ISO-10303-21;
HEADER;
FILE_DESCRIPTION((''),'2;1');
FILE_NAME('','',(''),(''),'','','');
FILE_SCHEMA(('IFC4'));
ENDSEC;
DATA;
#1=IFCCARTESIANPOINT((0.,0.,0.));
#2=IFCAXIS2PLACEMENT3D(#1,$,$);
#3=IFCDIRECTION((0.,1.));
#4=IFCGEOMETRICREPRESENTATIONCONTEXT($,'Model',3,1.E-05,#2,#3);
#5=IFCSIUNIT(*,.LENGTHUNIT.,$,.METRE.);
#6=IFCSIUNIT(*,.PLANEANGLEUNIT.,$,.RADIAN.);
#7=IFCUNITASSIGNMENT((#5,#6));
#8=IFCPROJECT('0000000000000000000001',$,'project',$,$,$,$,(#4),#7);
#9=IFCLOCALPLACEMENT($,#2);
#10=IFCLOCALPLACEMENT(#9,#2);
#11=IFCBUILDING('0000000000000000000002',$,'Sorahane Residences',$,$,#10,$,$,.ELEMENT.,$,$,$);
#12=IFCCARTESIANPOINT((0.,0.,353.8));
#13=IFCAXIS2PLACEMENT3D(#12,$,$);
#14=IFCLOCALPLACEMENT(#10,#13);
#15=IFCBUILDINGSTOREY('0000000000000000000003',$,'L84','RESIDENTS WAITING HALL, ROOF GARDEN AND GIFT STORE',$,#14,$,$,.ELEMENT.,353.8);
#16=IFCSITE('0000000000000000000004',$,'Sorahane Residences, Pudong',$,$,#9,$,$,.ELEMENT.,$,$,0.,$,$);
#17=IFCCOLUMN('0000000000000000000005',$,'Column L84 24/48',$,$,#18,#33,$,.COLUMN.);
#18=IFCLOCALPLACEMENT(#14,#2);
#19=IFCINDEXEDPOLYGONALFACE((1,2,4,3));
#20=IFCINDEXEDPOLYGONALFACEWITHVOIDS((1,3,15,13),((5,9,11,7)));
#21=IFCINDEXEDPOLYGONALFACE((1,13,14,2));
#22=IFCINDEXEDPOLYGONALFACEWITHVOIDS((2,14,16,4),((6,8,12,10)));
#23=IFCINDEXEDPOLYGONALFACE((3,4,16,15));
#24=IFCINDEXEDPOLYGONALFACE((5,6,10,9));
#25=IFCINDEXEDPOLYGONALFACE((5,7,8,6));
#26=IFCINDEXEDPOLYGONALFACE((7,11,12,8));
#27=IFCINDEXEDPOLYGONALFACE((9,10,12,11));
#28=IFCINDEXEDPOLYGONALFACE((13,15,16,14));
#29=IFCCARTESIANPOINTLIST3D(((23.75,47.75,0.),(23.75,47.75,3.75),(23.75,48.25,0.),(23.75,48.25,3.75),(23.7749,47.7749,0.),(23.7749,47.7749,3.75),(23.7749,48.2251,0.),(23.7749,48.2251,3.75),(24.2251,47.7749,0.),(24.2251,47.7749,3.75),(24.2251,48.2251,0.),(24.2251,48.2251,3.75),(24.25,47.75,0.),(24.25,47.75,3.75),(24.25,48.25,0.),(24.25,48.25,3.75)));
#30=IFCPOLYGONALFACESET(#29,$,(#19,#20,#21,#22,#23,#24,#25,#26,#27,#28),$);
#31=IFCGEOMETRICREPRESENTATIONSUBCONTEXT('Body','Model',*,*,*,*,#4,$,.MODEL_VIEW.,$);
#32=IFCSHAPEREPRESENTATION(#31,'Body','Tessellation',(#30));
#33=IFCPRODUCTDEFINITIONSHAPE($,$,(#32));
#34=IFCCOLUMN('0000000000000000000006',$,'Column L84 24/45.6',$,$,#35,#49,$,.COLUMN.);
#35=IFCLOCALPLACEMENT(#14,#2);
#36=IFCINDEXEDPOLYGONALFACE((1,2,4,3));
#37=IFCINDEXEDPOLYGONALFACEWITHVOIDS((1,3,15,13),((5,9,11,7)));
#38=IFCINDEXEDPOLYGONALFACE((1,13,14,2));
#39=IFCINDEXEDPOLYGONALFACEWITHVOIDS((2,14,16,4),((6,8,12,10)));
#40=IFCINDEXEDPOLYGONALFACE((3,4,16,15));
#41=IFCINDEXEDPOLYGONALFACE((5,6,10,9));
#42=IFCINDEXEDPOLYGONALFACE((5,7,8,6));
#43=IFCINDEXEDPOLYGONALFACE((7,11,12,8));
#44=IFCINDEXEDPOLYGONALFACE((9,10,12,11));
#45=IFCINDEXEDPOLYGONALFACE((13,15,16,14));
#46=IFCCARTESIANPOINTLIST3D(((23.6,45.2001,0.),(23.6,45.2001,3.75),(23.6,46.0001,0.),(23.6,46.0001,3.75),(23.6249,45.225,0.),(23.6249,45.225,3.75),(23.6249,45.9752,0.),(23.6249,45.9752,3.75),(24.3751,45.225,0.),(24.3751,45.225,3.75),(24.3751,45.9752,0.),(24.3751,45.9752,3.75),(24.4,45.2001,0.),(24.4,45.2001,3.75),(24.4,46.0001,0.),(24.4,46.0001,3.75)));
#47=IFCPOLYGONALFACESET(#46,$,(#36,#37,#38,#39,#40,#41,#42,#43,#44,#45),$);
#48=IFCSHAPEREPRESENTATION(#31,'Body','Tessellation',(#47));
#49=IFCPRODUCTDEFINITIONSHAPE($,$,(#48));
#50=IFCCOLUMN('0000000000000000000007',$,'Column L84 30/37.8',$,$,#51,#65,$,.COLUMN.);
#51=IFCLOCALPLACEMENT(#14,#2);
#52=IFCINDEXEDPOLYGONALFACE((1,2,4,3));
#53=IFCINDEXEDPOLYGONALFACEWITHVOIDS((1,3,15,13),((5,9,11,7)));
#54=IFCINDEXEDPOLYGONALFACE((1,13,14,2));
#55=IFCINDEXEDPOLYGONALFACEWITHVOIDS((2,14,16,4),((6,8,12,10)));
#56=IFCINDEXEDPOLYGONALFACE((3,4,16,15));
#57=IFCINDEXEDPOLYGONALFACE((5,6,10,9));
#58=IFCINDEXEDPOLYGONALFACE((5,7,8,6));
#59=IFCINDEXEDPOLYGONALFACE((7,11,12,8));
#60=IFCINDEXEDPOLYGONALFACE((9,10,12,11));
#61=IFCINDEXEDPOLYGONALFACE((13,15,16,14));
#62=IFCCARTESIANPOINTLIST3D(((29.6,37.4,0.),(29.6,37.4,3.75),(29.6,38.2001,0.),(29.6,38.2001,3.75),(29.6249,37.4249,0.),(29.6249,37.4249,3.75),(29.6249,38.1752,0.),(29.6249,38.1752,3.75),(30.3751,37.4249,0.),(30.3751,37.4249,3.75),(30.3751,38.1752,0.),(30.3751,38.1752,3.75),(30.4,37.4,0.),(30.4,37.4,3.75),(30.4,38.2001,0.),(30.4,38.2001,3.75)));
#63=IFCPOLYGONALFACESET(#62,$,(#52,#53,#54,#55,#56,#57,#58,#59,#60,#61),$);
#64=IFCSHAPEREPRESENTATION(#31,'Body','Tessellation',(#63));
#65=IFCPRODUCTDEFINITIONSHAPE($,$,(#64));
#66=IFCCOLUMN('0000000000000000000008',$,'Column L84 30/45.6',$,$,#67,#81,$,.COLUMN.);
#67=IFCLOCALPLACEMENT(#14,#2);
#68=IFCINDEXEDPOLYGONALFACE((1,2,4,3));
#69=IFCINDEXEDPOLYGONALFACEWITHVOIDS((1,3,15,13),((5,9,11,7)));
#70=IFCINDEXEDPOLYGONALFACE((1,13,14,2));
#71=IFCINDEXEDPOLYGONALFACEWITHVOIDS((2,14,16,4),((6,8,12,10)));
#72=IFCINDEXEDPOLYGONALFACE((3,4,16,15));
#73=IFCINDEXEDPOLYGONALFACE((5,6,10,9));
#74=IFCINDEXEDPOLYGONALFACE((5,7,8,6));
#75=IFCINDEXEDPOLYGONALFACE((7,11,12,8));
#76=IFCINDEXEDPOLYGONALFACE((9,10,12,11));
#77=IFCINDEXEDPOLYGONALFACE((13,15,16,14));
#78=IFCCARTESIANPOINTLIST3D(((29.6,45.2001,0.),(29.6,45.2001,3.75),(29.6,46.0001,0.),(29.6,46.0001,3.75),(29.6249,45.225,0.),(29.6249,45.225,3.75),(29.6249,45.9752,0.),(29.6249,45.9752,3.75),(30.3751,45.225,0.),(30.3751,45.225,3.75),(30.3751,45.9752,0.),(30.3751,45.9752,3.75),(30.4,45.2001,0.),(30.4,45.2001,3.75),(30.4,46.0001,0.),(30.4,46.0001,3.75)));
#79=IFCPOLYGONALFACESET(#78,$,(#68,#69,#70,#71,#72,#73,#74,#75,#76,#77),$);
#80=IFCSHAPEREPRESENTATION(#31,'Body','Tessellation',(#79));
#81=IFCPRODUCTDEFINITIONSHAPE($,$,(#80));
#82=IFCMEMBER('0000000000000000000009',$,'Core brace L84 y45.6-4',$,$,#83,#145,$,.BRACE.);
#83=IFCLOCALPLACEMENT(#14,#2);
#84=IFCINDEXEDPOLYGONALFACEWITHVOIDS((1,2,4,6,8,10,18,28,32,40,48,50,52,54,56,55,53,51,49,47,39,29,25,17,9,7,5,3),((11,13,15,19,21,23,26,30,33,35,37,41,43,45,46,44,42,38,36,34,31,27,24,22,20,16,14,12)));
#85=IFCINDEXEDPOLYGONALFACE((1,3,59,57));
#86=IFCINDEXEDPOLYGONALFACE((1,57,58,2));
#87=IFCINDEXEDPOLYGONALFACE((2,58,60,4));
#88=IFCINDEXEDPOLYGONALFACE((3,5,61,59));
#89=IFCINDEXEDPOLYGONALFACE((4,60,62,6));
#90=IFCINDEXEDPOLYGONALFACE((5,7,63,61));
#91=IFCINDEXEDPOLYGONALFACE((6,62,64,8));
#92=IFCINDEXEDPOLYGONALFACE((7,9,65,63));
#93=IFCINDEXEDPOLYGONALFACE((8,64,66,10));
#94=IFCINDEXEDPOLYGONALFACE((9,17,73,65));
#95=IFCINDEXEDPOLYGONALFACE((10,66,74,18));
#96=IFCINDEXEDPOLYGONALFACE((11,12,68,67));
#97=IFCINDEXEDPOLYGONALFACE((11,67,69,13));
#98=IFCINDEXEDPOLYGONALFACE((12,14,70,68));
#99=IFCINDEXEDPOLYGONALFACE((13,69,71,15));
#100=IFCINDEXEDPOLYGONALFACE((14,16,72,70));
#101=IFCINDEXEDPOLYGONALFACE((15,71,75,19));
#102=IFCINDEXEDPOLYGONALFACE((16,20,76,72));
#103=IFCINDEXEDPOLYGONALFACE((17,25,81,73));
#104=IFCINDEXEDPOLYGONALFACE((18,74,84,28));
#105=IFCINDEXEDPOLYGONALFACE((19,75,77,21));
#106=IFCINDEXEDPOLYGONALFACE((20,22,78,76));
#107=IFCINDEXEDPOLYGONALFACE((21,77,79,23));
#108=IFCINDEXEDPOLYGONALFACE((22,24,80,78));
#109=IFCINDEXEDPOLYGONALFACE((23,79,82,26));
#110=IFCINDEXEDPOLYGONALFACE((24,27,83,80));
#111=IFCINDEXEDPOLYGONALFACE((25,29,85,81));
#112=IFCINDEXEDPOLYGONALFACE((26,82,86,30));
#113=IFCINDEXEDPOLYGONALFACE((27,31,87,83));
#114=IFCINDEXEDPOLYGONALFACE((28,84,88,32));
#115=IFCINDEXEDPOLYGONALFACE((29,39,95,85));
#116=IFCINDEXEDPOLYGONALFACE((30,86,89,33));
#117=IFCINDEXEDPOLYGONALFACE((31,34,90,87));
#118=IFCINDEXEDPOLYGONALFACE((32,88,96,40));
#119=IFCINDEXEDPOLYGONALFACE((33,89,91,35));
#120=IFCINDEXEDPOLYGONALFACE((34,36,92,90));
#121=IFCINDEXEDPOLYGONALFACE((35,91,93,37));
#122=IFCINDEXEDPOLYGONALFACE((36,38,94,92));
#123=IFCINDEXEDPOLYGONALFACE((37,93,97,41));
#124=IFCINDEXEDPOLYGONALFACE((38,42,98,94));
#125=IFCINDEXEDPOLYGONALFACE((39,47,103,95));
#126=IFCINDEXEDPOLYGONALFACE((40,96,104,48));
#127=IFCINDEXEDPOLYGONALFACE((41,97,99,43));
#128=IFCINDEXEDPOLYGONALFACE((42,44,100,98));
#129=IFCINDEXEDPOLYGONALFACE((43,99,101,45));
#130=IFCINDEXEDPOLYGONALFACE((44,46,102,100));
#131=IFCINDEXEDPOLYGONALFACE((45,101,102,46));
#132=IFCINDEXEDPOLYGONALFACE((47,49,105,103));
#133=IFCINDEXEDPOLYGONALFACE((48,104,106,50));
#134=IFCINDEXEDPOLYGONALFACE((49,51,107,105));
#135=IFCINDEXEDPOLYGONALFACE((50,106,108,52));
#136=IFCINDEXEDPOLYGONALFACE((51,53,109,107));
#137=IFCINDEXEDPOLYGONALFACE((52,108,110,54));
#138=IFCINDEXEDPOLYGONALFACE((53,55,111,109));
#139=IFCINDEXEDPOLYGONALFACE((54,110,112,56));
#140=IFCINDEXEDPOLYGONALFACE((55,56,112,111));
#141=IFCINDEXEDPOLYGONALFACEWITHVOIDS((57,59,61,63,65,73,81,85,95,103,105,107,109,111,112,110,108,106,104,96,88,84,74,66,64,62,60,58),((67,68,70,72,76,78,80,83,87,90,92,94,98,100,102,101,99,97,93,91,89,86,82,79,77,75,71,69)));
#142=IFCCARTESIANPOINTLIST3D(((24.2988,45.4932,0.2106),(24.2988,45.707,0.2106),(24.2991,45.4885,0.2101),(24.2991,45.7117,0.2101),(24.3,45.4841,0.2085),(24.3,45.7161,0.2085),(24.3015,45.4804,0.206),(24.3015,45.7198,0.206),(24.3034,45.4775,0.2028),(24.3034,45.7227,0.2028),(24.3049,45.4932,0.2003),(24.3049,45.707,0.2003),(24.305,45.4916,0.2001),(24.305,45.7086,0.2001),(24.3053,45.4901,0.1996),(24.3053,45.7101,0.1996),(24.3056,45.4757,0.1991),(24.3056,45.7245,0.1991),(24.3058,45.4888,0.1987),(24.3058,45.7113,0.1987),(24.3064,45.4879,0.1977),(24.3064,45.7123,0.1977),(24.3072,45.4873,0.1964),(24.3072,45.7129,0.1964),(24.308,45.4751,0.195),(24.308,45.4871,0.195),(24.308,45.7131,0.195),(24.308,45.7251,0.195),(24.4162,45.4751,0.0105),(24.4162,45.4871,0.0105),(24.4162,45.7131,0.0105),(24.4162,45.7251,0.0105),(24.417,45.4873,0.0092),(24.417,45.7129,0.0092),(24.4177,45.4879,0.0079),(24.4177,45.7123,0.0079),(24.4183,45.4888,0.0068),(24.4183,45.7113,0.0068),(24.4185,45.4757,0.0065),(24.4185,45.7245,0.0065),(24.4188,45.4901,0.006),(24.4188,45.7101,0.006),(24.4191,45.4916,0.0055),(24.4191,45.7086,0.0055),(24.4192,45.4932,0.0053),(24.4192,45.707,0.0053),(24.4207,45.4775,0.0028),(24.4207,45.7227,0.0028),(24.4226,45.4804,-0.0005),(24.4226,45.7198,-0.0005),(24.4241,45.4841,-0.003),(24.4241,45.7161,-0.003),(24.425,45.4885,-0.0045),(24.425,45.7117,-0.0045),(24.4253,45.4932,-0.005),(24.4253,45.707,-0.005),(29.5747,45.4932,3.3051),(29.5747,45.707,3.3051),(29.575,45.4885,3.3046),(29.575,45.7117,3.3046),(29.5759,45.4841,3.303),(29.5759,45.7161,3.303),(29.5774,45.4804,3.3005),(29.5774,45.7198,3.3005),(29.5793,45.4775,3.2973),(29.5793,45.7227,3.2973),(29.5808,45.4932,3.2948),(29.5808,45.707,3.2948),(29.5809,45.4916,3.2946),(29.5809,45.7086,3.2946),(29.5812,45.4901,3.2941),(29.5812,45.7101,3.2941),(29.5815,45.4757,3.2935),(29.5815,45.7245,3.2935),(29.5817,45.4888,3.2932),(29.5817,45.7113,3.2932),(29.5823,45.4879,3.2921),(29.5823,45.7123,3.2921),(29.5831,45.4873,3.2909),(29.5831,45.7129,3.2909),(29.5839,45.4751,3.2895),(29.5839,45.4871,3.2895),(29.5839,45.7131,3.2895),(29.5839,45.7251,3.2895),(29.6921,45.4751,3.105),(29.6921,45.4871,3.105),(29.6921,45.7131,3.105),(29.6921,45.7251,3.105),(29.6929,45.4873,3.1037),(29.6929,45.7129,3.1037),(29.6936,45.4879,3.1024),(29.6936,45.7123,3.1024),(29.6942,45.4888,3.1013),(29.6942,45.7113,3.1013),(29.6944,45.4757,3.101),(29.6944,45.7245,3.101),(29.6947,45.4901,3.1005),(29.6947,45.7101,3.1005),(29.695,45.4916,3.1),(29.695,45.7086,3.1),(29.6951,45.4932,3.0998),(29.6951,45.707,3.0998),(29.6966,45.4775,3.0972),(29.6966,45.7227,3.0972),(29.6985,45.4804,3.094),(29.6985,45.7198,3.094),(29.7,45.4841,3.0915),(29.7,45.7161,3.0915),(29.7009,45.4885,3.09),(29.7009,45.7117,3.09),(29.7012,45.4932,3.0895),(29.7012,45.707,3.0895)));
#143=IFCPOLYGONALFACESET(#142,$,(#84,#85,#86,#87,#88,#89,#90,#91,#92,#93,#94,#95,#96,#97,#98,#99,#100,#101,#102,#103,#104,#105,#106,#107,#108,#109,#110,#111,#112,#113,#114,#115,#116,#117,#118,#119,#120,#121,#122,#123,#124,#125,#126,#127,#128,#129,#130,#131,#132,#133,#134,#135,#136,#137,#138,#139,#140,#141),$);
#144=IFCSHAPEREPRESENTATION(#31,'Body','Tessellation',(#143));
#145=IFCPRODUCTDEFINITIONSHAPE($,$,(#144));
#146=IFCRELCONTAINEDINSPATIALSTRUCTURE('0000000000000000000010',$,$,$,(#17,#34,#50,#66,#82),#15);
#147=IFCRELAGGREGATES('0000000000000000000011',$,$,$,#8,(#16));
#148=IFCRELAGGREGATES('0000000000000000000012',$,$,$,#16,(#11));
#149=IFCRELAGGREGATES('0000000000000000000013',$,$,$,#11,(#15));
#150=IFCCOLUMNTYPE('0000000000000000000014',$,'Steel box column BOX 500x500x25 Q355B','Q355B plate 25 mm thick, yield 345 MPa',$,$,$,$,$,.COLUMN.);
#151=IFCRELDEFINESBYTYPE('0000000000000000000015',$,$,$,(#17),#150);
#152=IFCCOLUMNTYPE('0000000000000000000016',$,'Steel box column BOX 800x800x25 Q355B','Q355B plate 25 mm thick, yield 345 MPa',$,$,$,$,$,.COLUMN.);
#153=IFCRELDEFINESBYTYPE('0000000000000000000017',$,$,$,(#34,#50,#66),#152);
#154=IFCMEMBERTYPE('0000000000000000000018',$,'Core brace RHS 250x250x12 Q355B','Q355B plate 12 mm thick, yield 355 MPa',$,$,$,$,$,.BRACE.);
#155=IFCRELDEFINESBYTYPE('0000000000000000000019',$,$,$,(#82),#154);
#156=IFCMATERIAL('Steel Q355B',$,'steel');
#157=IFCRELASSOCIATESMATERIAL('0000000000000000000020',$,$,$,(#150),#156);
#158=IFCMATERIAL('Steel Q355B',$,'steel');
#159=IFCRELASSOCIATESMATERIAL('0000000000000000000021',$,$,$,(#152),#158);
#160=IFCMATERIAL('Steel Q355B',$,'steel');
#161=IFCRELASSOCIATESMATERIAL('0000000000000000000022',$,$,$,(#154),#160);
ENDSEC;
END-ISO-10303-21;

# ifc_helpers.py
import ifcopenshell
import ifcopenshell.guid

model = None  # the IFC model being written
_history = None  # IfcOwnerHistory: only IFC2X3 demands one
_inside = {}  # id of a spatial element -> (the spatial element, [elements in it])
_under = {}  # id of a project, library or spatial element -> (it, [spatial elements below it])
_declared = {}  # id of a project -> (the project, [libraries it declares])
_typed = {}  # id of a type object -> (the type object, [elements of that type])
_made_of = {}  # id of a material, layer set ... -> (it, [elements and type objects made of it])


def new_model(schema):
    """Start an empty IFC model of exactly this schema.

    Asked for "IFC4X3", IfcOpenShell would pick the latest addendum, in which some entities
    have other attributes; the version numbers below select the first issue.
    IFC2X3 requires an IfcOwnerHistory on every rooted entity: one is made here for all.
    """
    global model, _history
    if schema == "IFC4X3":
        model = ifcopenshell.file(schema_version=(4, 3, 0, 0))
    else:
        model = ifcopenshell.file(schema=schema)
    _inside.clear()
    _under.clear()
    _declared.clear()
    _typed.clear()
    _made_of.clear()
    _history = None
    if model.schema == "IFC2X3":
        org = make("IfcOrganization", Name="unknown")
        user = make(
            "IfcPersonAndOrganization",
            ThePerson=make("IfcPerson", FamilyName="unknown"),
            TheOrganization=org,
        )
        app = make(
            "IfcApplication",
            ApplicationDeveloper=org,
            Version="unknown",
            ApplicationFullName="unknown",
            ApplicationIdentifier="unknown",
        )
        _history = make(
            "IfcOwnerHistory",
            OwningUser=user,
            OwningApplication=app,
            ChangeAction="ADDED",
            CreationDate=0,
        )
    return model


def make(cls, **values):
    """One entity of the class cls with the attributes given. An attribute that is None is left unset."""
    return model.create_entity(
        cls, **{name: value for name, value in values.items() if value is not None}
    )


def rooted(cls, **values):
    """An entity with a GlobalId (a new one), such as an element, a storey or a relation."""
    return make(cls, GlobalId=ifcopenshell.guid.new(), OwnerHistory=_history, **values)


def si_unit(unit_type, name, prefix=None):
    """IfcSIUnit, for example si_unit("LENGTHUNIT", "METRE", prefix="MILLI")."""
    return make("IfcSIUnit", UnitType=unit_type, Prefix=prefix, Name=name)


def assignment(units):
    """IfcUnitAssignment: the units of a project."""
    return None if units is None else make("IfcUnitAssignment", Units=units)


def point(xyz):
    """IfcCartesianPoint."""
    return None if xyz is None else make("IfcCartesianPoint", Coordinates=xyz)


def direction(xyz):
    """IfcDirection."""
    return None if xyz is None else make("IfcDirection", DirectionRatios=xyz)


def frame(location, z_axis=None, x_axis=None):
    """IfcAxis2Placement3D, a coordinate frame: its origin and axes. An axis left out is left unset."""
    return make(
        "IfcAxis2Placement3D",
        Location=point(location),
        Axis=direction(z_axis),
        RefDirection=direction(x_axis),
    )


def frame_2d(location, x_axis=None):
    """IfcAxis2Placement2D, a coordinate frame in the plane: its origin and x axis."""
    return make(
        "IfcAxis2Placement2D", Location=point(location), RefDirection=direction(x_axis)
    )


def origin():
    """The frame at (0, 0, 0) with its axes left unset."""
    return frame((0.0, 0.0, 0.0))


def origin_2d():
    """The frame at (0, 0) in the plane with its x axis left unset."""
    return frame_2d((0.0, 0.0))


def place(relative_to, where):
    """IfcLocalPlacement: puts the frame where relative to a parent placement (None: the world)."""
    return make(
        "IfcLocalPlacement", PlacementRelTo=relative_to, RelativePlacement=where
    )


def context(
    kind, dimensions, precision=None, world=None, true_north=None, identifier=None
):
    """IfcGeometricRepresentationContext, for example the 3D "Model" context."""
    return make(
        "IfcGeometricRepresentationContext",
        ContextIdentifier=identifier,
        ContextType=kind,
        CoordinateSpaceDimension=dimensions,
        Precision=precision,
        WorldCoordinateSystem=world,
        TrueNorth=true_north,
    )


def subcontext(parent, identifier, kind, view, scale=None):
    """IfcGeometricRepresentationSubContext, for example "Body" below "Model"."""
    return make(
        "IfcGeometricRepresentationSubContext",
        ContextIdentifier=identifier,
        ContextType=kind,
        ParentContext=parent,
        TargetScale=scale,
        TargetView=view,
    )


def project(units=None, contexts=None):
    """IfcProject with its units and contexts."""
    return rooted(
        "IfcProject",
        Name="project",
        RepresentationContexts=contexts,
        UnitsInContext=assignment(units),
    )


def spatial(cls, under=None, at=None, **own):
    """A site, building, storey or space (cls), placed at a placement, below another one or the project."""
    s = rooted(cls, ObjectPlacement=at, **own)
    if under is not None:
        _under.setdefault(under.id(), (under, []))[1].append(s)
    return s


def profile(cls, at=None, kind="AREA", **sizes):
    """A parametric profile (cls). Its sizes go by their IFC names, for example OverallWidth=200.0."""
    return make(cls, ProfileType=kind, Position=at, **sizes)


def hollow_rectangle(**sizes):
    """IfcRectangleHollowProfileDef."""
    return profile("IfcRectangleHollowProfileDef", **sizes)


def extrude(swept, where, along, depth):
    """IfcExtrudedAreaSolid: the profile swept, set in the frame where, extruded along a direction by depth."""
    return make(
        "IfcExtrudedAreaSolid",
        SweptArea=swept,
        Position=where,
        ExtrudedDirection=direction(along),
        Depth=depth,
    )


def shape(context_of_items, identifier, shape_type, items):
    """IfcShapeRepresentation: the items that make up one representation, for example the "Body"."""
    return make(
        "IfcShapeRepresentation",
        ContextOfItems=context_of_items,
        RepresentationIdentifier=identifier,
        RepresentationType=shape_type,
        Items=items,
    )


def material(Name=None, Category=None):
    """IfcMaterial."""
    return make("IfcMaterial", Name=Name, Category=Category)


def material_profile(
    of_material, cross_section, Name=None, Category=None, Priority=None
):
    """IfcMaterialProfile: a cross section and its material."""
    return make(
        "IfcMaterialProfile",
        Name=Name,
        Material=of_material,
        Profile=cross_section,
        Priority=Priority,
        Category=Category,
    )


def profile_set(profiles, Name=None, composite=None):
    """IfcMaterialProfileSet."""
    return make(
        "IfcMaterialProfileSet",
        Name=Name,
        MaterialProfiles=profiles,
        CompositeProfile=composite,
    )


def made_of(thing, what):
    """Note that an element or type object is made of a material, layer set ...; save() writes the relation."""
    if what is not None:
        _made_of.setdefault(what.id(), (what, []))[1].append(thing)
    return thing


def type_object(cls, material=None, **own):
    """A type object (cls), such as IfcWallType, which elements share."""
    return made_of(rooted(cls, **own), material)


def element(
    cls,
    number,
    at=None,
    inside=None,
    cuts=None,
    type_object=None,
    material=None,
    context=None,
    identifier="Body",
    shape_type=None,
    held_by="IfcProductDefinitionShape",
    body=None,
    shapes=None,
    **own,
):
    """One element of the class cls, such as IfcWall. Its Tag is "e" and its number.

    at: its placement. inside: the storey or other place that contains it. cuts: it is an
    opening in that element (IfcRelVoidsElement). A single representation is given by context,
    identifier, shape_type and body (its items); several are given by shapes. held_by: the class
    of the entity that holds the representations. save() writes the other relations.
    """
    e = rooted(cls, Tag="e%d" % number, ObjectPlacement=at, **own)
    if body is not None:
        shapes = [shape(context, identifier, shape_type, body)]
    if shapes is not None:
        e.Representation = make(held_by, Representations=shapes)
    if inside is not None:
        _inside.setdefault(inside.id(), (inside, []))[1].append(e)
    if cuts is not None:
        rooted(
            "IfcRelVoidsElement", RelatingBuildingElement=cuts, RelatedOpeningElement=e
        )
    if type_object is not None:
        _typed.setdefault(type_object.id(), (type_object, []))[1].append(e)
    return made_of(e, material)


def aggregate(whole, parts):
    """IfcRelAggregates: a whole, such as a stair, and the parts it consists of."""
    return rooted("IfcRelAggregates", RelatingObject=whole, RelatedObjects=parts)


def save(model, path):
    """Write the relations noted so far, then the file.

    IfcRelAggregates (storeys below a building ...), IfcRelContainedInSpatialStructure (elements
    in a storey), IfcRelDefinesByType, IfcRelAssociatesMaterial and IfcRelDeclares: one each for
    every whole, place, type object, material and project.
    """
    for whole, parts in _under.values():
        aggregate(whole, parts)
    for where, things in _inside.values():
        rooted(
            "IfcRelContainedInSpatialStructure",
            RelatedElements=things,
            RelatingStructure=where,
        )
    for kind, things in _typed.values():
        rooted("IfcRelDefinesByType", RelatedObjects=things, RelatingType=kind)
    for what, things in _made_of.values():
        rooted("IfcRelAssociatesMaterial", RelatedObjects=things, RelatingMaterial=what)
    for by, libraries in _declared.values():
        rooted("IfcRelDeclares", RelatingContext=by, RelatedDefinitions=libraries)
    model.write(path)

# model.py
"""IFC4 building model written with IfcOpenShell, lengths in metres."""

from ifc_helpers import new_model, si_unit, direction, frame, origin, origin_2d, place, context, subcontext, project, spatial, hollow_rectangle, extrude, material, material_profile, profile_set, type_object, element, save


model = new_model("IFC4")

# Units and contexts
model_context = context("Model", 3, precision=1e-05, world=origin(), true_north=direction((0.0, 1.0)))
body_context = subcontext(model_context, "Body", "Model", "MODEL_VIEW")
ifc_project = project(units=[si_unit("LENGTHUNIT", "METRE"), si_unit("PLANEANGLEUNIT", "RADIAN")], contexts=[model_context])

# Site, building, storey
site_placement = place(None, origin())
site = spatial("IfcSite", under=ifc_project, at=site_placement, Name="Sorahane Residences, Pudong", CompositionType="ELEMENT", RefElevation=0.0)
building_placement = place(site_placement, origin())
building = spatial("IfcBuilding", under=site, at=building_placement, Name="Sorahane Residences", CompositionType="ELEMENT")
storey_placement = place(building_placement, frame((0.0, 0.0, 353.8)))
storey = spatial("IfcBuildingStorey", under=building, at=storey_placement, Name="L84", Description="RESIDENTS WAITING HALL, ROOF GARDEN AND GIFT STORE", CompositionType="ELEMENT", Elevation=353.8)

# Columns
ifc_material_1 = material(Name="Steel Q355B", Category="steel")
ifc_material_profile_1 = material_profile(ifc_material_1, hollow_rectangle(XDim=0.5, YDim=0.5, WallThickness=0.0249, at=origin_2d()), Name="BOX 500x500x25")
ifc_profile_set_1 = profile_set([ifc_material_profile_1], Name="Steel Q355B")
column_type_1 = type_object("IfcColumnType", Name="Steel box column BOX 500x500x25 Q355B", Description="Q355B plate 25 mm thick, yield 345 MPa", PredefinedType="COLUMN", material=ifc_profile_set_1)
column_placement = place(storey_placement, frame((24.0, 48.0, 0.0), z_axis=(0.0, 0.0, 1.0), x_axis=(1.0, 0.0, 0.0)))
element("IfcColumn", 1, at=column_placement, inside=storey, type_object=column_type_1, Name="Column L84 24/48", PredefinedType="COLUMN", context=body_context, shape_type="SweptSolid", body=[
    extrude(hollow_rectangle(XDim=0.5, YDim=0.5, WallThickness=0.0249, at=origin_2d()), origin(), (0.0, 0.0, 1.0), 3.75),
])
ifc_material_2 = material(Name="Steel Q355B", Category="steel")
ifc_material_profile_2 = material_profile(ifc_material_2, hollow_rectangle(XDim=0.8, YDim=0.8, WallThickness=0.0249, at=origin_2d()), Name="BOX 800x800x25")
ifc_profile_set_2 = profile_set([ifc_material_profile_2], Name="Steel Q355B")
column_type_2 = type_object("IfcColumnType", Name="Steel box column BOX 800x800x25 Q355B", Description="Q355B plate 25 mm thick, yield 345 MPa", PredefinedType="COLUMN", material=ifc_profile_set_2)
for number, where, z_axis, x_axis, name in (
    (2, (24.0, 45.6001, 0.0), (0.0, 0.0, 1.0), (1.0, 0.0, 0.0), "Column L84 24/45.6"),
    (3, (30.0, 37.8, 0.0), (0.0, 0.0, 1.0), (1.0, 0.0, 0.0), "Column L84 30/37.8"),
    (4, (30.0, 45.6001, 0.0), (0.0, 0.0, 1.0), (1.0, 0.0, 0.0), "Column L84 30/45.6"),
):
    element("IfcColumn", number, at=place(storey_placement, frame(where, z_axis=z_axis, x_axis=x_axis)), inside=storey, type_object=column_type_2, Name=name, PredefinedType="COLUMN", context=body_context, shape_type="SweptSolid", body=[
        extrude(hollow_rectangle(XDim=0.8, YDim=0.8, WallThickness=0.0249, at=origin_2d()), origin(), (0.0, 0.0, 1.0), 3.75),
    ])

# Member
ifc_material_3 = material(Name="Steel Q355B", Category="steel")
ifc_material_profile_3 = material_profile(ifc_material_3, hollow_rectangle(XDim=0.25, YDim=0.25, WallThickness=0.012, InnerFilletRadius=0.0061, OuterFilletRadius=0.0181, at=origin_2d()), Name="RHS 250x250x12")
ifc_profile_set_3 = profile_set([ifc_material_profile_3], Name="Steel Q355B")
member_type_1 = type_object("IfcMemberType", Name="Core brace RHS 250x250x12 Q355B", Description="Q355B plate 12 mm thick, yield 355 MPa", PredefinedType="BRACE", material=ifc_profile_set_3)
member_1_placement = place(storey_placement, frame((24.3621, 45.6001, 0.1028), z_axis=(0.862575, 0.0, 0.505929), x_axis=(0.0, 1.0, 0.0)))
element("IfcMember", 5, at=member_1_placement, inside=storey, type_object=member_type_1, Name="Core brace L84 y45.6-4", PredefinedType="BRACE", context=body_context, shape_type="SweptSolid", body=[
    extrude(hollow_rectangle(XDim=0.25, YDim=0.25, WallThickness=0.012, InnerFilletRadius=0.0061, OuterFilletRadius=0.0181, at=origin_2d()), origin(), (0.0, 0.0, 1.0), 6.1165),
])

save(model, "model.ifc")
